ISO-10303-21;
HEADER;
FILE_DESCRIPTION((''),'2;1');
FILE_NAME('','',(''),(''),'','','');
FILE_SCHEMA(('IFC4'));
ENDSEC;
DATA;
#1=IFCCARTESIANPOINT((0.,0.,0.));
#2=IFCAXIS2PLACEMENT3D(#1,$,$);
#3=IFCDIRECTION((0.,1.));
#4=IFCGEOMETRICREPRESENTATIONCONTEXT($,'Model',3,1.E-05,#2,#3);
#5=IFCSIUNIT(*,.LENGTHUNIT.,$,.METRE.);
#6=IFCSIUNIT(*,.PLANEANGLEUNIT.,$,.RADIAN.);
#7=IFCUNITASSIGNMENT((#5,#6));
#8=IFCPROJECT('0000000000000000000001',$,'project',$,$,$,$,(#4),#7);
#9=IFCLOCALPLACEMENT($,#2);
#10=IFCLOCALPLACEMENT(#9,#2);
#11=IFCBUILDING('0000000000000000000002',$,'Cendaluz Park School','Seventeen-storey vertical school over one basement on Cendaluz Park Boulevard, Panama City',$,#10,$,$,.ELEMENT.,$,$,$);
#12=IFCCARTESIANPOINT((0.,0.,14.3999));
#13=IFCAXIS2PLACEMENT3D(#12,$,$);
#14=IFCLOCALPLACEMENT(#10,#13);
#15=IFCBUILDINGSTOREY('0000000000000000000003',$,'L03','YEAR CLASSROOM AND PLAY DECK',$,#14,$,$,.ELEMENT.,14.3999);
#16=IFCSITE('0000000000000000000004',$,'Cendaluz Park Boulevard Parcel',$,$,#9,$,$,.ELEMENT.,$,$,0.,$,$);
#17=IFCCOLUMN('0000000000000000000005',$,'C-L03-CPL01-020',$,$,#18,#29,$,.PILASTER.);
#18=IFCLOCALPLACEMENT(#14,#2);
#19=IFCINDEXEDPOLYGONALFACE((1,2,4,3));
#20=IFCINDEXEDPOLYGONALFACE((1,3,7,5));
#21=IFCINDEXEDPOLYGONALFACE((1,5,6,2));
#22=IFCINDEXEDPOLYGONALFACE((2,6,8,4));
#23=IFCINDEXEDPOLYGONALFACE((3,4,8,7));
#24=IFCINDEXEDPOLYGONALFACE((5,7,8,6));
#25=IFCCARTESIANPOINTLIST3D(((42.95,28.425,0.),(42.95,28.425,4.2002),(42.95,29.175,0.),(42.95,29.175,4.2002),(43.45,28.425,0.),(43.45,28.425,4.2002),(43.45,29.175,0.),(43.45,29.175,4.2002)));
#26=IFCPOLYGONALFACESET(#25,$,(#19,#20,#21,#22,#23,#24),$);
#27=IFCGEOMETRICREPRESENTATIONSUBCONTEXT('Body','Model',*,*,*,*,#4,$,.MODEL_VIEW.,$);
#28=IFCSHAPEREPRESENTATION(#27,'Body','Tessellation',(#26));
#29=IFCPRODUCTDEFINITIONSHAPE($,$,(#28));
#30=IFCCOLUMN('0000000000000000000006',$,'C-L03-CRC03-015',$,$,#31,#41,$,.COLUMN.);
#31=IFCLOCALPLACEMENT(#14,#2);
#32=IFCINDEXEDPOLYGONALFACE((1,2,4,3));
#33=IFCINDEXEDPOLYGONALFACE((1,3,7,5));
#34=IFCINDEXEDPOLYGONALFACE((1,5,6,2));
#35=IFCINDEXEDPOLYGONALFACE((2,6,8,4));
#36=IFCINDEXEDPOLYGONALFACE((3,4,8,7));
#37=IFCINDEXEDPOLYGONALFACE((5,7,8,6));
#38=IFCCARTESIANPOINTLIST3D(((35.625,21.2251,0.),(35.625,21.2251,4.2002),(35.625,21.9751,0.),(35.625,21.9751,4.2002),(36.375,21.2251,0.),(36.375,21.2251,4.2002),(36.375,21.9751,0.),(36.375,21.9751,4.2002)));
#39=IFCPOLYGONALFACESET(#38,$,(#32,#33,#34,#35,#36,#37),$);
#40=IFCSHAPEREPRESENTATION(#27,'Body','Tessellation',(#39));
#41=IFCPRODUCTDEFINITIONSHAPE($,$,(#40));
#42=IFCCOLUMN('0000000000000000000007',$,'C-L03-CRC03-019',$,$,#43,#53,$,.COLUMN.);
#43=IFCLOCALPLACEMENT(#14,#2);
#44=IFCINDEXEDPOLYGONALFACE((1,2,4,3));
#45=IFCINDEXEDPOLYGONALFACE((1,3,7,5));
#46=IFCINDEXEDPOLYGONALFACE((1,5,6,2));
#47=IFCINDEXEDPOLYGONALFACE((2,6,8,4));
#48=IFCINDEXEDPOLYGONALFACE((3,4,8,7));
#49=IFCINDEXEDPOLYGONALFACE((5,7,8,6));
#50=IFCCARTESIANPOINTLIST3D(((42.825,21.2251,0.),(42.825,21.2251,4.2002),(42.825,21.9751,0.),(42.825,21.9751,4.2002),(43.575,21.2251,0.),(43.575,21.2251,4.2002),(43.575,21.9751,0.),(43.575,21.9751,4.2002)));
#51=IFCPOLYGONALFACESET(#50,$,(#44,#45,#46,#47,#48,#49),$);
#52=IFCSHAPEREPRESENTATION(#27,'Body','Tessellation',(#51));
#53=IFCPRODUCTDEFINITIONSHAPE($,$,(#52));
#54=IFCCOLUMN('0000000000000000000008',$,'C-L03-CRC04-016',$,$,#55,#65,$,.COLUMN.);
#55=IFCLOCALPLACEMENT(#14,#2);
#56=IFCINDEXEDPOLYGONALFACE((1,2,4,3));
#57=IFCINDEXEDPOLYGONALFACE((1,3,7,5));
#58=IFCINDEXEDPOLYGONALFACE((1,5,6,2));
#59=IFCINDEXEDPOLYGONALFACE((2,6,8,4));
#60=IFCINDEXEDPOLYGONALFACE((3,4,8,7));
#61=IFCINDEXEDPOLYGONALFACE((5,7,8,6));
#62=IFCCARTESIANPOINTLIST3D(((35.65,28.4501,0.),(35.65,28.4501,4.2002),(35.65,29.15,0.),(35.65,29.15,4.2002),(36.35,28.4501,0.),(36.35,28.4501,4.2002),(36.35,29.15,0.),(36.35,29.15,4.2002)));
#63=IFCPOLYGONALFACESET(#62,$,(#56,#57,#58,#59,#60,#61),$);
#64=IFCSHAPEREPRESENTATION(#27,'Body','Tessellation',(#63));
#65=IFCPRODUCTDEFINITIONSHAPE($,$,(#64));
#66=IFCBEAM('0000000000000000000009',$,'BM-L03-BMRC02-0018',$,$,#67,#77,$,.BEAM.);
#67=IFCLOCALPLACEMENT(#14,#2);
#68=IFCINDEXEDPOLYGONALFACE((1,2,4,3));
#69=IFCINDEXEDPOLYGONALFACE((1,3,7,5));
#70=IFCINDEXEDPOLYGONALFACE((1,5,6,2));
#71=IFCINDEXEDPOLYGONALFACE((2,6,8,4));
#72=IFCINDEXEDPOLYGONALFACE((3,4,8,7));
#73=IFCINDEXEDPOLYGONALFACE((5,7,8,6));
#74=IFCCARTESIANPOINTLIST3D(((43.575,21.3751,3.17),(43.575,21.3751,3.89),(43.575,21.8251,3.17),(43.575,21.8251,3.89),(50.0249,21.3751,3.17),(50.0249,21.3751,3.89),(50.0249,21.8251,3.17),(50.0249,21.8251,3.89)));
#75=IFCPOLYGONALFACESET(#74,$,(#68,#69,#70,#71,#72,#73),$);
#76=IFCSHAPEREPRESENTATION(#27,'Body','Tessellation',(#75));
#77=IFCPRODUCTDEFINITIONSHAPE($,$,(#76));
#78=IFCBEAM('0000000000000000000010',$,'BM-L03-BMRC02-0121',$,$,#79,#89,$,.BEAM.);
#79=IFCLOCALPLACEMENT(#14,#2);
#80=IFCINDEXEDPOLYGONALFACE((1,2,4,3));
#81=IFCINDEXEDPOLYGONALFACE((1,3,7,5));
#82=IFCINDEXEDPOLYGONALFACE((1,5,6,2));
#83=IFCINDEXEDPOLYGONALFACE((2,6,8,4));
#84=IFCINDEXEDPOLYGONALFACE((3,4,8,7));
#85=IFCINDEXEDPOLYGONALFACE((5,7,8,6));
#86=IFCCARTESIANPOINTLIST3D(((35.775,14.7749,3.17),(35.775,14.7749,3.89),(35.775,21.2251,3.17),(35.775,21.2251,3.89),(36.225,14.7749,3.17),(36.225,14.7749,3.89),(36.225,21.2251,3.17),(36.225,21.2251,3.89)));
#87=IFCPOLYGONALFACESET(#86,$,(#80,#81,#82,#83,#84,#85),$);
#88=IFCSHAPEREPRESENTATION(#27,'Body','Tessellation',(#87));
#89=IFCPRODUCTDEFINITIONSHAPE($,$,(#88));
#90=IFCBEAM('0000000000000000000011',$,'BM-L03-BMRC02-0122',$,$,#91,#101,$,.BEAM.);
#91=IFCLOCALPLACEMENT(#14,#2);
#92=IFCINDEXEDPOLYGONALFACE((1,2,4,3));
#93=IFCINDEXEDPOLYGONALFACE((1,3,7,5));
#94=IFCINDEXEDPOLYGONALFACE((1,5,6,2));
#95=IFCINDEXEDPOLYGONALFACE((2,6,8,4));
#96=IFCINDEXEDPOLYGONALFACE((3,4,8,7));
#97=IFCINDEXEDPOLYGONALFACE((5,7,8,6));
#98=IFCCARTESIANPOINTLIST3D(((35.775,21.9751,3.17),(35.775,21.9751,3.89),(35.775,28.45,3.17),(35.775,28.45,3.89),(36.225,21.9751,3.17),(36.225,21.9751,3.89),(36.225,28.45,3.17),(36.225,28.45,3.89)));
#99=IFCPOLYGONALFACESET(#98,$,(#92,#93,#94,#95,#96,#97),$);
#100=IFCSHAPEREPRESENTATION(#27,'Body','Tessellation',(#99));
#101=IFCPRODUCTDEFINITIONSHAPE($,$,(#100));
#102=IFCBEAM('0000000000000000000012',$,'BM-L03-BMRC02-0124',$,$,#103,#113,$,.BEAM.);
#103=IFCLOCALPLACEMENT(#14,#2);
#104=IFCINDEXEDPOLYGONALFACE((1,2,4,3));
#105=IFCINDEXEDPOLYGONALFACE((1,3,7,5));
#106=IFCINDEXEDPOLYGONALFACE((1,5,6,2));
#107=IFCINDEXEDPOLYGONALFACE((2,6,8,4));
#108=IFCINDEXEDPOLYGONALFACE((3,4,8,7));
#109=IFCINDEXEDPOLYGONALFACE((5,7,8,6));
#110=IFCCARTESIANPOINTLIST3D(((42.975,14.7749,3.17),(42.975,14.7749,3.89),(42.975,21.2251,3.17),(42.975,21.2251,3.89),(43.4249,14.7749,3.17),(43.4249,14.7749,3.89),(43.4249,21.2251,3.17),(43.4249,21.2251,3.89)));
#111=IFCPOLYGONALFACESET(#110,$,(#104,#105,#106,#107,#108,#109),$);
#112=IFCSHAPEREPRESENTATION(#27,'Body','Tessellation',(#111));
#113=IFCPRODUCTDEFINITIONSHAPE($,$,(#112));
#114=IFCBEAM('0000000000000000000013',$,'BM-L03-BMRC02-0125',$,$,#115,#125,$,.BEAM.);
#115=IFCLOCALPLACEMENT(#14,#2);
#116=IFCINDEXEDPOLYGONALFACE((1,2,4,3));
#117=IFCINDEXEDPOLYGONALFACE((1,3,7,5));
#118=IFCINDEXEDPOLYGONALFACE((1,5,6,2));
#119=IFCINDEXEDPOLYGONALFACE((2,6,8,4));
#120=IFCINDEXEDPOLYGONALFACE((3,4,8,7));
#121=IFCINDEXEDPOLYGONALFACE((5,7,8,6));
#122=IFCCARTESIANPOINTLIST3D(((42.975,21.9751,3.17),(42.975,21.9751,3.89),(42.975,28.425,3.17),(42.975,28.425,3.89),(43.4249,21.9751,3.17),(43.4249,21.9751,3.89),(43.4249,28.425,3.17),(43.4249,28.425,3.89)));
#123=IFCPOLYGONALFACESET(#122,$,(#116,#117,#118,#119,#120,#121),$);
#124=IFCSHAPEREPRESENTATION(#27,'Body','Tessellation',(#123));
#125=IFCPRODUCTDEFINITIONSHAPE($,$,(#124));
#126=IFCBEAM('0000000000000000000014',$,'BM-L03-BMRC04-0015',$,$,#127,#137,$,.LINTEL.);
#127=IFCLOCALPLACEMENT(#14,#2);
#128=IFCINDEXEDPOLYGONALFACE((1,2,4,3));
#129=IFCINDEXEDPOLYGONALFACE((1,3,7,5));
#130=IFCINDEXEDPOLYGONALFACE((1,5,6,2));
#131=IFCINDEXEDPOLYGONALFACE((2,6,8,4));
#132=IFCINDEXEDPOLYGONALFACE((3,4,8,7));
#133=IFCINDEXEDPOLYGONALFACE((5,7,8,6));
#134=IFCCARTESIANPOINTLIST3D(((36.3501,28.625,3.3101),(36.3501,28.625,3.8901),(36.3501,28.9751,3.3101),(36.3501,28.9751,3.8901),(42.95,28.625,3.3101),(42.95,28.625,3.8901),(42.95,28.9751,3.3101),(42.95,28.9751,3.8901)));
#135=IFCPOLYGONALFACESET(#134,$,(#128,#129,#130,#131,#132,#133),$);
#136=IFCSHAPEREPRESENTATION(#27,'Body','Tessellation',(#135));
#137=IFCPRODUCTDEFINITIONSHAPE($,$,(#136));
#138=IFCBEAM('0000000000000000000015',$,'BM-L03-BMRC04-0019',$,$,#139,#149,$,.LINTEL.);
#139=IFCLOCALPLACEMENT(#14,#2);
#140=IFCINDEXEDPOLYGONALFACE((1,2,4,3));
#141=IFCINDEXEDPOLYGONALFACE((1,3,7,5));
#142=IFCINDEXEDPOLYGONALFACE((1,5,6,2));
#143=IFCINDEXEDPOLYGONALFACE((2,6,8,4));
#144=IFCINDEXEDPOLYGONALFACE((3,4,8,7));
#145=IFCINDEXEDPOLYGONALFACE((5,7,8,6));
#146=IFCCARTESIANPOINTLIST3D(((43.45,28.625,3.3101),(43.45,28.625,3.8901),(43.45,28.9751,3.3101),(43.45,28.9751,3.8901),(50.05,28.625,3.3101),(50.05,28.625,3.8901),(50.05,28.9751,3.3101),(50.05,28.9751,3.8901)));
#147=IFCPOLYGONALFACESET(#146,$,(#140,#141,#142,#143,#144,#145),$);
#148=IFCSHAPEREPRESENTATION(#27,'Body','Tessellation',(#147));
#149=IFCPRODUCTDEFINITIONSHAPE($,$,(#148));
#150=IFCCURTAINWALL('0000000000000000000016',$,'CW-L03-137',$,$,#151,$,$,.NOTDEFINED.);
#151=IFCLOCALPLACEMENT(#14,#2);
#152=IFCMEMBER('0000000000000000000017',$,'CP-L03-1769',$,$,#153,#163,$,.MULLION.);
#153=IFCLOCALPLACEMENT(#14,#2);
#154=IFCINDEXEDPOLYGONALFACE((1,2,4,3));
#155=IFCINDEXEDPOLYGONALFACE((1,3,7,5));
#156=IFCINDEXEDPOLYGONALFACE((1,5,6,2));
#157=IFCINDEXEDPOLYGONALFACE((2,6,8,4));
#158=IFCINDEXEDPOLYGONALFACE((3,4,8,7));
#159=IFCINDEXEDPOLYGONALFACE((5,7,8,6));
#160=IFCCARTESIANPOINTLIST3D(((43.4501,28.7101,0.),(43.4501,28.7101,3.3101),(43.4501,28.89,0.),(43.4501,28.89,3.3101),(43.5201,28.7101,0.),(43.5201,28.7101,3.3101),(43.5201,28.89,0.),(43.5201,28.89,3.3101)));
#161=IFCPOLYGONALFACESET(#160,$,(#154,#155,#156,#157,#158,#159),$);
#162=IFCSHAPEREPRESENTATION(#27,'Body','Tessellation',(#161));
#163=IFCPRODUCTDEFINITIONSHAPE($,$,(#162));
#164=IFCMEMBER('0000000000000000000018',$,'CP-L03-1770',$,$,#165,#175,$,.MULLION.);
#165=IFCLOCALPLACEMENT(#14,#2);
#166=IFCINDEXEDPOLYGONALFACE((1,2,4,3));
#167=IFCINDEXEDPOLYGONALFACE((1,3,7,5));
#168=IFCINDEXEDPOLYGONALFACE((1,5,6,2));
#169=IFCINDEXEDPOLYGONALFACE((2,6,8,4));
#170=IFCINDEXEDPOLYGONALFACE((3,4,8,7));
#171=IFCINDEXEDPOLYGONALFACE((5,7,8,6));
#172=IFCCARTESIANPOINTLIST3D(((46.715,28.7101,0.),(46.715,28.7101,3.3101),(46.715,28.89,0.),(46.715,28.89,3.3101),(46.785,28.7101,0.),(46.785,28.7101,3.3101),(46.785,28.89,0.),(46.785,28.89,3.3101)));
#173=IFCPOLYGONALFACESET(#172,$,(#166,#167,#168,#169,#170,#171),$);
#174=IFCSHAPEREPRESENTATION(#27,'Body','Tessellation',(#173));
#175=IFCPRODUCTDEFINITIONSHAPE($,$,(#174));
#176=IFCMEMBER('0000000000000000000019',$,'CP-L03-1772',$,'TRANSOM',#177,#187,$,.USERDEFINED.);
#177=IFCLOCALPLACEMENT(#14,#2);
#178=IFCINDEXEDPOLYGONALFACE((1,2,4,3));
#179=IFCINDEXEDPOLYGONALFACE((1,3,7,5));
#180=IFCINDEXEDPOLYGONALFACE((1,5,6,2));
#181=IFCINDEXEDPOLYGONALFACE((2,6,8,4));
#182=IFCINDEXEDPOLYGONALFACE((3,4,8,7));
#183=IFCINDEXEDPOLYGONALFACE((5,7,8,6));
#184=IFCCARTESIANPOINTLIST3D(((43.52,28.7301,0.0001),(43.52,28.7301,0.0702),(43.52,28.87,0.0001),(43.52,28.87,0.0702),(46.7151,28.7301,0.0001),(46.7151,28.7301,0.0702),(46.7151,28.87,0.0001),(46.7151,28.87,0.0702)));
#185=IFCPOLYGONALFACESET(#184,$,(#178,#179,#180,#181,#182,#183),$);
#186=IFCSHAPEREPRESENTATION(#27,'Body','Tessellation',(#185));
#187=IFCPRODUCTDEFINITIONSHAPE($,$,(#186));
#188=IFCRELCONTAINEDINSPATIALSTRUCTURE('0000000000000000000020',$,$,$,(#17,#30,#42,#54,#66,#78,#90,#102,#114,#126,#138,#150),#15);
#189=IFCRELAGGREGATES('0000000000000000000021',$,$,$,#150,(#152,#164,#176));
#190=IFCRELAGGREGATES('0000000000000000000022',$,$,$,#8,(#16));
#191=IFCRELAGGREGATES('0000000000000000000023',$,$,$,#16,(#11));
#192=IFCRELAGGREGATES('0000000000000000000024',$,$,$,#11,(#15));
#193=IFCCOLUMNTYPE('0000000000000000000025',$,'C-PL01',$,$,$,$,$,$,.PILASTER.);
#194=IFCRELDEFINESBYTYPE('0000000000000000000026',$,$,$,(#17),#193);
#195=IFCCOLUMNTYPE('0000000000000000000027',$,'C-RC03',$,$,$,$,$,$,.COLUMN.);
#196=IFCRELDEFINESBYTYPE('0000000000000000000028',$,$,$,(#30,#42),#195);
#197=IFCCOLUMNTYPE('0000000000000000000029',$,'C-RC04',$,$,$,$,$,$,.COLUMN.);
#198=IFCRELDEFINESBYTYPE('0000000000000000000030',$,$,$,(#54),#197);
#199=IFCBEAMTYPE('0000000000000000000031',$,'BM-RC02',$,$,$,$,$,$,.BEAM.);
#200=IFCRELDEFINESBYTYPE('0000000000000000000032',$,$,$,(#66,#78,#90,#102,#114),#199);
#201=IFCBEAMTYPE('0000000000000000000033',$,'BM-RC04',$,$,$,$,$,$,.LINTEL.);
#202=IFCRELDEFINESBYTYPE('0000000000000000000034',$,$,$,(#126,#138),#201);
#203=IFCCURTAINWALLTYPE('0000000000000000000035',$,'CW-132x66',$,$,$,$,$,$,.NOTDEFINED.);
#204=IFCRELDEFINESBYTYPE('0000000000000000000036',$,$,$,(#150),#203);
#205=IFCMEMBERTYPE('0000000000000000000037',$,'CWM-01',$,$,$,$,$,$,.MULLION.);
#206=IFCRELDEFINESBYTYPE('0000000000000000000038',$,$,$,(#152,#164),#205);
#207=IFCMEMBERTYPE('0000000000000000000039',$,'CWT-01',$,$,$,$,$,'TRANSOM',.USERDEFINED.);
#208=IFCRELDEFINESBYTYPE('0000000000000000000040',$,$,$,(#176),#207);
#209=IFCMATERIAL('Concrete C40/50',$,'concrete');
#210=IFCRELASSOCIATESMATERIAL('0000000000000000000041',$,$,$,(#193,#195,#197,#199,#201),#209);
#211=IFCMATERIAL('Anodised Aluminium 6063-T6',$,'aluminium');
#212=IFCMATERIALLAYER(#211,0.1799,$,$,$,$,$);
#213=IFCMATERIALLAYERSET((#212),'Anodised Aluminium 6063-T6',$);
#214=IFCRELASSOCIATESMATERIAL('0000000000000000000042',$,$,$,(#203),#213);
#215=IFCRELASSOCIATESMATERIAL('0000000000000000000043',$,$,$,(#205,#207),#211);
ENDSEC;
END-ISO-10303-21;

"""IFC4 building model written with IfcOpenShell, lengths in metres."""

from ifc_helpers import new_model, si_unit, direction, frame, origin, origin_2d, place, context, subcontext, project, spatial, rectangle, extrude, material, layer, layer_set, material_profile, profile_set, type_object, element, aggregate, save


model = new_model("IFC4")

# Units and contexts
model_context = context("Model", 3, precision=1e-05, world=origin(), true_north=direction((0.0, 1.0)))
body_context = subcontext(model_context, "Body", "Model", "MODEL_VIEW")
ifc_project = project(units=[si_unit("LENGTHUNIT", "METRE"), si_unit("PLANEANGLEUNIT", "RADIAN")], contexts=[model_context])

# Site, building, storey
site_placement = place(None, origin())
site = spatial("IfcSite", under=ifc_project, at=site_placement, Name="Cendaluz Park Boulevard Parcel", CompositionType="ELEMENT", RefElevation=0.0)
building_placement = place(site_placement, origin())
building = spatial("IfcBuilding", under=site, at=building_placement, Name="Cendaluz Park School", Description="Seventeen-storey vertical school over one basement on Cendaluz Park Boulevard, Panama City", CompositionType="ELEMENT")
storey_placement = place(building_placement, frame((0.0, 0.0, 14.3999)))
storey = spatial("IfcBuildingStorey", under=building, at=storey_placement, Name="L03", Description="YEAR CLASSROOM AND PLAY DECK", CompositionType="ELEMENT", Elevation=14.3999)

# Columns
ifc_material_1 = material(Name="Concrete C40/50", Category="concrete")
ifc_material_profile_1 = material_profile(ifc_material_1, rectangle(XDim=0.5, YDim=0.75, at=origin_2d()), Name="RC 500x750", Category="concrete")
ifc_profile_set_1 = profile_set([ifc_material_profile_1], Name="Concrete C40/50")
column_type_1 = type_object("IfcColumnType", Name="C-PL01", PredefinedType="PILASTER", material=ifc_profile_set_1)
column_1_placement = place(storey_placement, frame((43.2, 28.8, 0.0), z_axis=(0.0, 0.0, 1.0), x_axis=(1.0, 0.0, 0.0)))
element("IfcColumn", 1, at=column_1_placement, inside=storey, type_object=column_type_1, Name="C-L03-CPL01-020", PredefinedType="PILASTER", context=body_context, shape_type="SweptSolid", body=[
    extrude(rectangle(XDim=0.5, YDim=0.75, at=origin_2d()), origin(), (0.0, 0.0, 1.0), 4.2002),
])
ifc_material_profile_2 = material_profile(ifc_material_1, rectangle(XDim=0.75, YDim=0.75, at=origin_2d()), Name="RC 750x750", Category="concrete")
ifc_profile_set_2 = profile_set([ifc_material_profile_2], Name="Concrete C40/50")
column_type_2 = type_object("IfcColumnType", Name="C-RC03", PredefinedType="COLUMN", material=ifc_profile_set_2)
for number, where, z_axis, x_axis, name in (
    (2, (36.0, 21.6001, 0.0), (0.0, 0.0, 1.0), (1.0, 0.0, 0.0), "C-L03-CRC03-015"),
    (3, (43.2, 21.6001, 0.0), (0.0, 0.0, 1.0), (1.0, 0.0, 0.0), "C-L03-CRC03-019"),
):
    element("IfcColumn", number, at=place(storey_placement, frame(where, z_axis=z_axis, x_axis=x_axis)), inside=storey, type_object=column_type_2, Name=name, PredefinedType="COLUMN", context=body_context, shape_type="SweptSolid", body=[
        extrude(rectangle(XDim=0.75, YDim=0.75, at=origin_2d()), origin(), (0.0, 0.0, 1.0), 4.2002),
    ])
ifc_material_profile_3 = material_profile(ifc_material_1, rectangle(XDim=0.7, YDim=0.7, at=origin_2d()), Name="RC 700x700", Category="concrete")
ifc_profile_set_3 = profile_set([ifc_material_profile_3], Name="Concrete C40/50")
column_type_3 = type_object("IfcColumnType", Name="C-RC04", PredefinedType="COLUMN", material=ifc_profile_set_3)
column_2_placement = place(storey_placement, frame((36.0, 28.8, 0.0), z_axis=(0.0, 0.0, 1.0), x_axis=(1.0, 0.0, 0.0)))
element("IfcColumn", 4, at=column_2_placement, inside=storey, type_object=column_type_3, Name="C-L03-CRC04-016", PredefinedType="COLUMN", context=body_context, shape_type="SweptSolid", body=[
    extrude(rectangle(XDim=0.7, YDim=0.7, at=origin_2d()), origin(), (0.0, 0.0, 1.0), 4.2002),
])

# Beams
ifc_material_profile_4 = material_profile(ifc_material_1, rectangle(XDim=0.45, YDim=0.72, at=origin_2d()), Name="RC 450x720", Category="concrete")
ifc_profile_set_4 = profile_set([ifc_material_profile_4], Name="Concrete C40/50")
beam_type_1 = type_object("IfcBeamType", Name="BM-RC02", PredefinedType="BEAM", material=ifc_profile_set_4)
beam_1_placement = place(storey_placement, frame((43.575, 21.6001, 3.53), z_axis=(1.0, 0.0, 0.0), x_axis=(0.0, 1.0, 0.0)))
element("IfcBeam", 5, at=beam_1_placement, inside=storey, type_object=beam_type_1, Name="BM-L03-BMRC02-0018", PredefinedType="BEAM", context=body_context, shape_type="SweptSolid", body=[
    extrude(rectangle(XDim=0.45, YDim=0.72, at=origin_2d()), origin(), (0.0, 0.0, 1.0), 6.45),
])
beam_2_placement = place(storey_placement, frame((36.0, 14.7749, 3.53), z_axis=(0.0, 1.0, 0.0), x_axis=(-1.0, 0.0, 0.0)))
element("IfcBeam", 6, at=beam_2_placement, inside=storey, type_object=beam_type_1, Name="BM-L03-BMRC02-0121", PredefinedType="BEAM", context=body_context, shape_type="SweptSolid", body=[
    extrude(rectangle(XDim=0.45, YDim=0.72, at=origin_2d()), origin(), (0.0, 0.0, 1.0), 6.4502),
])
beam_3_placement = place(storey_placement, frame((36.0, 21.9751, 3.53), z_axis=(0.0, 1.0, 0.0), x_axis=(-1.0, 0.0, 0.0)))
element("IfcBeam", 7, at=beam_3_placement, inside=storey, type_object=beam_type_1, Name="BM-L03-BMRC02-0122", PredefinedType="BEAM", context=body_context, shape_type="SweptSolid", body=[
    extrude(rectangle(XDim=0.45, YDim=0.72, at=origin_2d()), origin(), (0.0, 0.0, 1.0), 6.4749),
])
beam_4_placement = place(storey_placement, frame((43.2, 14.7749, 3.53), z_axis=(0.0, 1.0, 0.0), x_axis=(-1.0, 0.0, 0.0)))
element("IfcBeam", 8, at=beam_4_placement, inside=storey, type_object=beam_type_1, Name="BM-L03-BMRC02-0124", PredefinedType="BEAM", context=body_context, shape_type="SweptSolid", body=[
    extrude(rectangle(XDim=0.45, YDim=0.72, at=origin_2d()), origin(), (0.0, 0.0, 1.0), 6.4502),
])
beam_5_placement = place(storey_placement, frame((43.2, 21.9751, 3.53), z_axis=(0.0, 1.0, 0.0), x_axis=(-1.0, 0.0, 0.0)))
element("IfcBeam", 9, at=beam_5_placement, inside=storey, type_object=beam_type_1, Name="BM-L03-BMRC02-0125", PredefinedType="BEAM", context=body_context, shape_type="SweptSolid", body=[
    extrude(rectangle(XDim=0.45, YDim=0.72, at=origin_2d()), origin(), (0.0, 0.0, 1.0), 6.45),
])
ifc_material_profile_5 = material_profile(ifc_material_1, rectangle(XDim=0.3501, YDim=0.5801, at=origin_2d()), Name="RC 350x580", Category="concrete")
ifc_profile_set_5 = profile_set([ifc_material_profile_5], Name="Concrete C40/50")
beam_type_2 = type_object("IfcBeamType", Name="BM-RC04", PredefinedType="LINTEL", material=ifc_profile_set_5)
beam_6_placement = place(storey_placement, frame((36.3501, 28.8, 3.6001), z_axis=(1.0, 0.0, 0.0), x_axis=(0.0, 1.0, 0.0)))
element("IfcBeam", 10, at=beam_6_placement, inside=storey, type_object=beam_type_2, Name="BM-L03-BMRC04-0015", PredefinedType="LINTEL", context=body_context, shape_type="SweptSolid", body=[
    extrude(rectangle(XDim=0.3501, YDim=0.5801, at=origin_2d()), origin(), (0.0, 0.0, 1.0), 6.5999),
])
beam_7_placement = place(storey_placement, frame((43.45, 28.8, 3.6001), z_axis=(1.0, 0.0, 0.0), x_axis=(0.0, 1.0, 0.0)))
element("IfcBeam", 11, at=beam_7_placement, inside=storey, type_object=beam_type_2, Name="BM-L03-BMRC04-0019", PredefinedType="LINTEL", context=body_context, shape_type="SweptSolid", body=[
    extrude(rectangle(XDim=0.3501, YDim=0.5801, at=origin_2d()), origin(), (0.0, 0.0, 1.0), 6.6001),
])

# Curtain wall, members
ifc_material_2 = material(Name="Anodised Aluminium 6063-T6", Category="aluminium")
ifc_layer_1 = layer(ifc_material_2, 0.1799)
ifc_layer_set_1 = layer_set([ifc_layer_1], Name="Anodised Aluminium 6063-T6")
curtain_wall_type = type_object("IfcCurtainWallType", Name="CW-132x66", PredefinedType="NOTDEFINED", material=ifc_layer_set_1)
curtain_wall_placement = place(storey_placement, origin())
curtain_wall = element("IfcCurtainWall", 12, at=curtain_wall_placement, inside=storey, type_object=curtain_wall_type, Name="CW-L03-137", PredefinedType="NOTDEFINED")
ifc_material_profile_6 = material_profile(ifc_material_2, rectangle(XDim=0.1799, YDim=0.0701, at=origin_2d()), Name="CWM 180x70", Category="aluminium")
ifc_profile_set_6 = profile_set([ifc_material_profile_6], Name="Anodised Aluminium 6063-T6")
member_type_1 = type_object("IfcMemberType", Name="CWM-01", PredefinedType="MULLION", material=ifc_profile_set_6)
member_1_placement = place(storey_placement, frame((43.4851, 28.8, 0.0), z_axis=(0.0, 0.0, 1.0), x_axis=(0.0, 1.0, 0.0)))
member_1 = element("IfcMember", 13, at=member_1_placement, type_object=member_type_1, Name="CP-L03-1769", PredefinedType="MULLION", context=body_context, shape_type="SweptSolid", body=[
    extrude(rectangle(XDim=0.1799, YDim=0.0701, at=origin_2d()), origin(), (0.0, 0.0, 1.0), 3.3101),
])
member_2_placement = place(storey_placement, frame((46.75, 28.8, 0.0), z_axis=(0.0, 0.0, 1.0), x_axis=(0.0, 1.0, 0.0)))
member_2 = element("IfcMember", 14, at=member_2_placement, type_object=member_type_1, Name="CP-L03-1770", PredefinedType="MULLION", context=body_context, shape_type="SweptSolid", body=[
    extrude(rectangle(XDim=0.1799, YDim=0.0701, at=origin_2d()), origin(), (0.0, 0.0, 1.0), 3.3101),
])
ifc_material_profile_7 = material_profile(ifc_material_2, rectangle(XDim=0.1399, YDim=0.0701, at=origin_2d()), Name="CWT 140x70", Category="aluminium")
ifc_profile_set_7 = profile_set([ifc_material_profile_7], Name="Anodised Aluminium 6063-T6")
member_type_2 = type_object("IfcMemberType", Name="CWT-01", ElementType="TRANSOM", PredefinedType="USERDEFINED", material=ifc_profile_set_7)
member_3_placement = place(storey_placement, frame((43.52, 28.8, 0.0352), z_axis=(1.0, 0.0, 0.0), x_axis=(0.0, 1.0, 0.0)))
member_3 = element("IfcMember", 15, at=member_3_placement, type_object=member_type_2, Name="CP-L03-1772", ObjectType="TRANSOM", PredefinedType="USERDEFINED", context=body_context, shape_type="SweptSolid", body=[
    extrude(rectangle(XDim=0.1399, YDim=0.0701, at=origin_2d()), origin(), (0.0, 0.0, 1.0), 3.1951),
])

aggregate(curtain_wall, [member_1, member_2, member_3])

save(model, "model.ifc")
